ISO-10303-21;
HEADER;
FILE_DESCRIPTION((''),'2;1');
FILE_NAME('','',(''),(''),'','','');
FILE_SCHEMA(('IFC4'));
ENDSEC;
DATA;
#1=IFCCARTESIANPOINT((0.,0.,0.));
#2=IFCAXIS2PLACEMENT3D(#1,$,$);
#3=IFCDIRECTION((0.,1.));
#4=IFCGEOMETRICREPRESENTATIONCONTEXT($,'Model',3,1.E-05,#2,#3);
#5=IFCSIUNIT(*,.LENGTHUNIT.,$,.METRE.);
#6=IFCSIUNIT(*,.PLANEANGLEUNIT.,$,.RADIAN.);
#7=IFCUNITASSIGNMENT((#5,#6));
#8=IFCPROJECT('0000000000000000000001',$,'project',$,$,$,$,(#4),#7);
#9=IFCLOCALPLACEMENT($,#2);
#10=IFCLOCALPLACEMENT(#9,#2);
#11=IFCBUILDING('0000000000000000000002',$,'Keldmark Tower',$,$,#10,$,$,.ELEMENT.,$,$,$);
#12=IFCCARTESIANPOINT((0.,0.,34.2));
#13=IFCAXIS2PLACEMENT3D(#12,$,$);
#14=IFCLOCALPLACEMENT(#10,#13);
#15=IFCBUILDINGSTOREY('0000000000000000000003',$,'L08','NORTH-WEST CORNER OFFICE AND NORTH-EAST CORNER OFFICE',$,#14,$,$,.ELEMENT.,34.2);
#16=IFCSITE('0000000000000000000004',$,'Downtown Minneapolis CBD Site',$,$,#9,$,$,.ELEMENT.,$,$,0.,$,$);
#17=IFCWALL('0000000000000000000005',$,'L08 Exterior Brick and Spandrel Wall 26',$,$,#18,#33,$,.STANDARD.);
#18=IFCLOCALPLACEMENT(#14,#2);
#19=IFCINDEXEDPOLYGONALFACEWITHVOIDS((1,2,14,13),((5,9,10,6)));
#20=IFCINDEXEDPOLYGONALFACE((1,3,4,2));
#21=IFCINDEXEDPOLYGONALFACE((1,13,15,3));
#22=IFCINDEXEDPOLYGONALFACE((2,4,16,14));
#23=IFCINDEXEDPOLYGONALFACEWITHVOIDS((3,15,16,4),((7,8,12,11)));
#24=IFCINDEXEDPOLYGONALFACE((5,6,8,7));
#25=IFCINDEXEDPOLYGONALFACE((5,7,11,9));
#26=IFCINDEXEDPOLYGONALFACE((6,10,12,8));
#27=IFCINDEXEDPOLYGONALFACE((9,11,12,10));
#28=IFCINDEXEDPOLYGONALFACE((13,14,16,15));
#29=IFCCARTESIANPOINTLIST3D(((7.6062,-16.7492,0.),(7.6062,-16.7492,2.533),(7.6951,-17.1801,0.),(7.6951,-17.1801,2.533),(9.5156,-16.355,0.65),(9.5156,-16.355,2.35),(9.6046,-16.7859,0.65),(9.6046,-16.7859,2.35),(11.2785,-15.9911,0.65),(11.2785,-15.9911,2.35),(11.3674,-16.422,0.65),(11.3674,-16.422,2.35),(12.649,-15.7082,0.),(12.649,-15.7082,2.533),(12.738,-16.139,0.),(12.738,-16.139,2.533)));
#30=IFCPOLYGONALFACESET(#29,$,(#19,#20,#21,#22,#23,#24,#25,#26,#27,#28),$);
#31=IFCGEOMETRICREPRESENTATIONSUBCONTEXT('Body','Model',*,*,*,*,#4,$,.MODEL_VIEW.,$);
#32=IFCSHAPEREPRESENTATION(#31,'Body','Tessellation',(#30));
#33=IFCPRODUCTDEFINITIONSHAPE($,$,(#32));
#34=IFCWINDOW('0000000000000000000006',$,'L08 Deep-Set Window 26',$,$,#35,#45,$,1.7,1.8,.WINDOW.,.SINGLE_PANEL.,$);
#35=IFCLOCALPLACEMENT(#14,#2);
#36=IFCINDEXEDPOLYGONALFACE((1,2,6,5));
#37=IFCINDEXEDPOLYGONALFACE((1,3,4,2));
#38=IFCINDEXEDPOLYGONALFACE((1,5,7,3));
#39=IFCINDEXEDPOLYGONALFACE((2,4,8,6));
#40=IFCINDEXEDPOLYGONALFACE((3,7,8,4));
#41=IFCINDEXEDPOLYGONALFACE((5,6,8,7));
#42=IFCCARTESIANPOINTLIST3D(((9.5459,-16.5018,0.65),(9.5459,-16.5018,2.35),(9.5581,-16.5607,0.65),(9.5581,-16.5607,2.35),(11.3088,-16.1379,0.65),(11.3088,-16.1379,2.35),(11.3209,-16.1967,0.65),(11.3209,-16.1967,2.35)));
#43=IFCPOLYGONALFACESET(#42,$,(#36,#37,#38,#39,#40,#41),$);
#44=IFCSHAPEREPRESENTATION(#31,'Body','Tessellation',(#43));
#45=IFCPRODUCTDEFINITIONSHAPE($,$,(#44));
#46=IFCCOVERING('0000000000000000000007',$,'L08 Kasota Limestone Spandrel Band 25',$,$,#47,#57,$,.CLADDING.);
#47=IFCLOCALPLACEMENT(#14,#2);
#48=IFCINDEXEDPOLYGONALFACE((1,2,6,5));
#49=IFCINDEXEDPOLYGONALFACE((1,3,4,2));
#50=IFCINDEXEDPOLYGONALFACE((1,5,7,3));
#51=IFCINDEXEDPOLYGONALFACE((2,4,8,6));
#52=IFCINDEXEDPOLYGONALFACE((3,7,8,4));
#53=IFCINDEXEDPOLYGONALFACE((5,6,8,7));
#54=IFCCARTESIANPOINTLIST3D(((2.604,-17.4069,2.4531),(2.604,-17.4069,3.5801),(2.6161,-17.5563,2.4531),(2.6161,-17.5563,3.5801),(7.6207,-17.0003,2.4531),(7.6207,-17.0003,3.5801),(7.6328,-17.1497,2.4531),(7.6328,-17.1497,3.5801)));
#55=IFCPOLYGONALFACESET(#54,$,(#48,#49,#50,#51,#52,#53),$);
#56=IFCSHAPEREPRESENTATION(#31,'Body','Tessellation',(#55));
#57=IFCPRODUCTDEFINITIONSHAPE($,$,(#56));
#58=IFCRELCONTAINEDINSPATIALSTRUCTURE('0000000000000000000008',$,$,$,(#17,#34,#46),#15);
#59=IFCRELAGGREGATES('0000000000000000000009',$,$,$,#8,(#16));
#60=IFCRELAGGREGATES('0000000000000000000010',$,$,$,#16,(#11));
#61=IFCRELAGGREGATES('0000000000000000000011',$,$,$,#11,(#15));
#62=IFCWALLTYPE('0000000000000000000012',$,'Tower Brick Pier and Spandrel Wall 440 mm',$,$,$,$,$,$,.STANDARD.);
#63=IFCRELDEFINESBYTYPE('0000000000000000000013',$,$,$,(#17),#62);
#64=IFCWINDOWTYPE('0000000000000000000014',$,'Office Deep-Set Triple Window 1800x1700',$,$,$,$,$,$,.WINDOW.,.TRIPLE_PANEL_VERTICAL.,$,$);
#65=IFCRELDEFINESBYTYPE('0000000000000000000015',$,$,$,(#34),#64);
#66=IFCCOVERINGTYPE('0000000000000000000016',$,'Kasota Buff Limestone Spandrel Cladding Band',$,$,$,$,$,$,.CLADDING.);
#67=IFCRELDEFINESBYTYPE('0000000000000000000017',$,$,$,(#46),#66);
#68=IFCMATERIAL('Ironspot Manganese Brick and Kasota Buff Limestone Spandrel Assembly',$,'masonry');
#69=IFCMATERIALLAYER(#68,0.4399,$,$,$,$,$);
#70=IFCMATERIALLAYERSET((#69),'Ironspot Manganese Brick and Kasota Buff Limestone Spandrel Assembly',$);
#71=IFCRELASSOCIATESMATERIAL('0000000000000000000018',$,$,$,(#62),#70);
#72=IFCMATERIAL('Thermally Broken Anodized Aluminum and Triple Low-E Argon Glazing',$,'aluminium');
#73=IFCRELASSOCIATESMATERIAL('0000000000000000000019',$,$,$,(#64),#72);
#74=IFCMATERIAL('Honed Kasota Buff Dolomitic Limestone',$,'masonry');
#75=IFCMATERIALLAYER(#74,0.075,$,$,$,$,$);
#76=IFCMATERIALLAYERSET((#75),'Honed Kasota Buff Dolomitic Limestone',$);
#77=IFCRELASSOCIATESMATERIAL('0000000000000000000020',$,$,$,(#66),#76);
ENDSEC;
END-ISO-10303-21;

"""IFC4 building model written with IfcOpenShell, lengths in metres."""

from ifc_helpers import new_model, si_unit, direction, frame, frame_2d, origin, origin_2d, place, context, subcontext, project, spatial, rectangle, extrude, material, layer, layer_set, type_object, element, fill, save


model = new_model("IFC4")

# Units and contexts
model_context = context("Model", 3, precision=1e-05, world=origin(), true_north=direction((0.0, 1.0)))
body_context = subcontext(model_context, "Body", "Model", "MODEL_VIEW")
ifc_project = project(units=[si_unit("LENGTHUNIT", "METRE"), si_unit("PLANEANGLEUNIT", "RADIAN")], contexts=[model_context])

# Site, building, storey
site_placement = place(None, origin())
site = spatial("IfcSite", under=ifc_project, at=site_placement, Name="Downtown Minneapolis CBD Site", CompositionType="ELEMENT", RefElevation=0.0)
building_placement = place(site_placement, origin())
building = spatial("IfcBuilding", under=site, at=building_placement, Name="Keldmark Tower", CompositionType="ELEMENT")
storey_placement = place(building_placement, frame((0.0, 0.0, 34.2)))
storey = spatial("IfcBuildingStorey", under=building, at=storey_placement, Name="L08", Description="NORTH-WEST CORNER OFFICE AND NORTH-EAST CORNER OFFICE", CompositionType="ELEMENT", Elevation=34.2)

# Wall, opening, window
ifc_material_1 = material(Name="Ironspot Manganese Brick and Kasota Buff Limestone Spandrel Assembly", Category="masonry")
ifc_layer_1 = layer(ifc_material_1, 0.4399)
ifc_layer_set_1 = layer_set([ifc_layer_1], Name="Ironspot Manganese Brick and Kasota Buff Limestone Spandrel Assembly")
wall_type_1 = type_object("IfcWallType", Name="Tower Brick Pier and Spandrel Wall 440 mm", PredefinedType="STANDARD", material=ifc_layer_set_1)
ifc_material_2 = material(Name="Thermally Broken Anodized Aluminum and Triple Low-E Argon Glazing", Category="aluminium")
window_type = type_object("IfcWindowType", Name="Office Deep-Set Triple Window 1800x1700", PartitioningType="TRIPLE_PANEL_VERTICAL", PredefinedType="WINDOW", material=ifc_material_2)
wall_1_placement = place(storey_placement, frame((12.6936, -15.9236, 0.0), z_axis=(0.0, 0.0, 1.0), x_axis=(-0.979349, -0.202176, 0.0)))
wall_1 = element("IfcWall", 1, at=wall_1_placement, inside=storey, type_object=wall_type_1, Name="L08 Exterior Brick and Spandrel Wall 26", PredefinedType="STANDARD", context=body_context, shape_type="SweptSolid", body=[
    extrude(rectangle(XDim=5.1492, YDim=0.4399, at=frame_2d((2.5747, 0.0))), origin(), (0.0, 0.0, 1.0), 2.533),
])
opening_1_placement = place(wall_1_placement, frame((1.3997, 0.0, 0.6499)))
opening_1 = element("IfcOpeningElement", 2, at=opening_1_placement, cuts=wall_1, PredefinedType="OPENING", context=body_context, shape_type="SweptSolid", body=[
    extrude(rectangle(XDim=1.8, YDim=1.7, at=frame_2d((0.8999, 0.8501))), frame((0.0, 0.23, 0.0), z_axis=(0.0, -1.0, 0.0), x_axis=(1.0, 0.0, 0.0)), (0.0, 0.0, 1.0), 0.46),
])
window_1_placement = place(opening_1_placement, origin())
window_1 = element("IfcWindow", 3, at=window_1_placement, inside=storey, type_object=window_type, Name="L08 Deep-Set Window 26", OverallHeight=1.7, OverallWidth=1.8, PartitioningType="SINGLE_PANEL", PredefinedType="WINDOW", context=body_context, shape_type="SweptSolid", body=[
    extrude(rectangle(XDim=1.8, YDim=1.7, at=frame_2d((0.8999, 0.8501))), frame((0.0, -0.01, 0.0), z_axis=(0.0, -1.0, 0.0), x_axis=(1.0, 0.0, 0.0)), (0.0, 0.0, 1.0), 0.0601),
])
fill(opening_1, window_1)

# Covering
ifc_material_3 = material(Name="Honed Kasota Buff Dolomitic Limestone", Category="masonry")
ifc_layer_2 = layer(ifc_material_3, 0.075)
ifc_layer_set_2 = layer_set([ifc_layer_2], Name="Honed Kasota Buff Dolomitic Limestone")
covering_type = type_object("IfcCoveringType", Name="Kasota Buff Limestone Spandrel Cladding Band", PredefinedType="CLADDING", material=ifc_layer_set_2)
covering_placement = place(storey_placement, frame((5.1184, -17.2783, 2.4531), z_axis=(0.0, 0.0, 1.0), x_axis=(0.996731, 0.08079, 0.0)))
element("IfcCovering", 4, at=covering_placement, inside=storey, type_object=covering_type, Name="L08 Kasota Limestone Spandrel Band 25", PredefinedType="CLADDING", context=body_context, shape_type="SweptSolid", body=[
    extrude(rectangle(XDim=5.0332, YDim=0.1499, at=origin_2d()), origin(), (0.0, 0.0, 1.0), 1.127),
])

save(model, "model.ifc")
